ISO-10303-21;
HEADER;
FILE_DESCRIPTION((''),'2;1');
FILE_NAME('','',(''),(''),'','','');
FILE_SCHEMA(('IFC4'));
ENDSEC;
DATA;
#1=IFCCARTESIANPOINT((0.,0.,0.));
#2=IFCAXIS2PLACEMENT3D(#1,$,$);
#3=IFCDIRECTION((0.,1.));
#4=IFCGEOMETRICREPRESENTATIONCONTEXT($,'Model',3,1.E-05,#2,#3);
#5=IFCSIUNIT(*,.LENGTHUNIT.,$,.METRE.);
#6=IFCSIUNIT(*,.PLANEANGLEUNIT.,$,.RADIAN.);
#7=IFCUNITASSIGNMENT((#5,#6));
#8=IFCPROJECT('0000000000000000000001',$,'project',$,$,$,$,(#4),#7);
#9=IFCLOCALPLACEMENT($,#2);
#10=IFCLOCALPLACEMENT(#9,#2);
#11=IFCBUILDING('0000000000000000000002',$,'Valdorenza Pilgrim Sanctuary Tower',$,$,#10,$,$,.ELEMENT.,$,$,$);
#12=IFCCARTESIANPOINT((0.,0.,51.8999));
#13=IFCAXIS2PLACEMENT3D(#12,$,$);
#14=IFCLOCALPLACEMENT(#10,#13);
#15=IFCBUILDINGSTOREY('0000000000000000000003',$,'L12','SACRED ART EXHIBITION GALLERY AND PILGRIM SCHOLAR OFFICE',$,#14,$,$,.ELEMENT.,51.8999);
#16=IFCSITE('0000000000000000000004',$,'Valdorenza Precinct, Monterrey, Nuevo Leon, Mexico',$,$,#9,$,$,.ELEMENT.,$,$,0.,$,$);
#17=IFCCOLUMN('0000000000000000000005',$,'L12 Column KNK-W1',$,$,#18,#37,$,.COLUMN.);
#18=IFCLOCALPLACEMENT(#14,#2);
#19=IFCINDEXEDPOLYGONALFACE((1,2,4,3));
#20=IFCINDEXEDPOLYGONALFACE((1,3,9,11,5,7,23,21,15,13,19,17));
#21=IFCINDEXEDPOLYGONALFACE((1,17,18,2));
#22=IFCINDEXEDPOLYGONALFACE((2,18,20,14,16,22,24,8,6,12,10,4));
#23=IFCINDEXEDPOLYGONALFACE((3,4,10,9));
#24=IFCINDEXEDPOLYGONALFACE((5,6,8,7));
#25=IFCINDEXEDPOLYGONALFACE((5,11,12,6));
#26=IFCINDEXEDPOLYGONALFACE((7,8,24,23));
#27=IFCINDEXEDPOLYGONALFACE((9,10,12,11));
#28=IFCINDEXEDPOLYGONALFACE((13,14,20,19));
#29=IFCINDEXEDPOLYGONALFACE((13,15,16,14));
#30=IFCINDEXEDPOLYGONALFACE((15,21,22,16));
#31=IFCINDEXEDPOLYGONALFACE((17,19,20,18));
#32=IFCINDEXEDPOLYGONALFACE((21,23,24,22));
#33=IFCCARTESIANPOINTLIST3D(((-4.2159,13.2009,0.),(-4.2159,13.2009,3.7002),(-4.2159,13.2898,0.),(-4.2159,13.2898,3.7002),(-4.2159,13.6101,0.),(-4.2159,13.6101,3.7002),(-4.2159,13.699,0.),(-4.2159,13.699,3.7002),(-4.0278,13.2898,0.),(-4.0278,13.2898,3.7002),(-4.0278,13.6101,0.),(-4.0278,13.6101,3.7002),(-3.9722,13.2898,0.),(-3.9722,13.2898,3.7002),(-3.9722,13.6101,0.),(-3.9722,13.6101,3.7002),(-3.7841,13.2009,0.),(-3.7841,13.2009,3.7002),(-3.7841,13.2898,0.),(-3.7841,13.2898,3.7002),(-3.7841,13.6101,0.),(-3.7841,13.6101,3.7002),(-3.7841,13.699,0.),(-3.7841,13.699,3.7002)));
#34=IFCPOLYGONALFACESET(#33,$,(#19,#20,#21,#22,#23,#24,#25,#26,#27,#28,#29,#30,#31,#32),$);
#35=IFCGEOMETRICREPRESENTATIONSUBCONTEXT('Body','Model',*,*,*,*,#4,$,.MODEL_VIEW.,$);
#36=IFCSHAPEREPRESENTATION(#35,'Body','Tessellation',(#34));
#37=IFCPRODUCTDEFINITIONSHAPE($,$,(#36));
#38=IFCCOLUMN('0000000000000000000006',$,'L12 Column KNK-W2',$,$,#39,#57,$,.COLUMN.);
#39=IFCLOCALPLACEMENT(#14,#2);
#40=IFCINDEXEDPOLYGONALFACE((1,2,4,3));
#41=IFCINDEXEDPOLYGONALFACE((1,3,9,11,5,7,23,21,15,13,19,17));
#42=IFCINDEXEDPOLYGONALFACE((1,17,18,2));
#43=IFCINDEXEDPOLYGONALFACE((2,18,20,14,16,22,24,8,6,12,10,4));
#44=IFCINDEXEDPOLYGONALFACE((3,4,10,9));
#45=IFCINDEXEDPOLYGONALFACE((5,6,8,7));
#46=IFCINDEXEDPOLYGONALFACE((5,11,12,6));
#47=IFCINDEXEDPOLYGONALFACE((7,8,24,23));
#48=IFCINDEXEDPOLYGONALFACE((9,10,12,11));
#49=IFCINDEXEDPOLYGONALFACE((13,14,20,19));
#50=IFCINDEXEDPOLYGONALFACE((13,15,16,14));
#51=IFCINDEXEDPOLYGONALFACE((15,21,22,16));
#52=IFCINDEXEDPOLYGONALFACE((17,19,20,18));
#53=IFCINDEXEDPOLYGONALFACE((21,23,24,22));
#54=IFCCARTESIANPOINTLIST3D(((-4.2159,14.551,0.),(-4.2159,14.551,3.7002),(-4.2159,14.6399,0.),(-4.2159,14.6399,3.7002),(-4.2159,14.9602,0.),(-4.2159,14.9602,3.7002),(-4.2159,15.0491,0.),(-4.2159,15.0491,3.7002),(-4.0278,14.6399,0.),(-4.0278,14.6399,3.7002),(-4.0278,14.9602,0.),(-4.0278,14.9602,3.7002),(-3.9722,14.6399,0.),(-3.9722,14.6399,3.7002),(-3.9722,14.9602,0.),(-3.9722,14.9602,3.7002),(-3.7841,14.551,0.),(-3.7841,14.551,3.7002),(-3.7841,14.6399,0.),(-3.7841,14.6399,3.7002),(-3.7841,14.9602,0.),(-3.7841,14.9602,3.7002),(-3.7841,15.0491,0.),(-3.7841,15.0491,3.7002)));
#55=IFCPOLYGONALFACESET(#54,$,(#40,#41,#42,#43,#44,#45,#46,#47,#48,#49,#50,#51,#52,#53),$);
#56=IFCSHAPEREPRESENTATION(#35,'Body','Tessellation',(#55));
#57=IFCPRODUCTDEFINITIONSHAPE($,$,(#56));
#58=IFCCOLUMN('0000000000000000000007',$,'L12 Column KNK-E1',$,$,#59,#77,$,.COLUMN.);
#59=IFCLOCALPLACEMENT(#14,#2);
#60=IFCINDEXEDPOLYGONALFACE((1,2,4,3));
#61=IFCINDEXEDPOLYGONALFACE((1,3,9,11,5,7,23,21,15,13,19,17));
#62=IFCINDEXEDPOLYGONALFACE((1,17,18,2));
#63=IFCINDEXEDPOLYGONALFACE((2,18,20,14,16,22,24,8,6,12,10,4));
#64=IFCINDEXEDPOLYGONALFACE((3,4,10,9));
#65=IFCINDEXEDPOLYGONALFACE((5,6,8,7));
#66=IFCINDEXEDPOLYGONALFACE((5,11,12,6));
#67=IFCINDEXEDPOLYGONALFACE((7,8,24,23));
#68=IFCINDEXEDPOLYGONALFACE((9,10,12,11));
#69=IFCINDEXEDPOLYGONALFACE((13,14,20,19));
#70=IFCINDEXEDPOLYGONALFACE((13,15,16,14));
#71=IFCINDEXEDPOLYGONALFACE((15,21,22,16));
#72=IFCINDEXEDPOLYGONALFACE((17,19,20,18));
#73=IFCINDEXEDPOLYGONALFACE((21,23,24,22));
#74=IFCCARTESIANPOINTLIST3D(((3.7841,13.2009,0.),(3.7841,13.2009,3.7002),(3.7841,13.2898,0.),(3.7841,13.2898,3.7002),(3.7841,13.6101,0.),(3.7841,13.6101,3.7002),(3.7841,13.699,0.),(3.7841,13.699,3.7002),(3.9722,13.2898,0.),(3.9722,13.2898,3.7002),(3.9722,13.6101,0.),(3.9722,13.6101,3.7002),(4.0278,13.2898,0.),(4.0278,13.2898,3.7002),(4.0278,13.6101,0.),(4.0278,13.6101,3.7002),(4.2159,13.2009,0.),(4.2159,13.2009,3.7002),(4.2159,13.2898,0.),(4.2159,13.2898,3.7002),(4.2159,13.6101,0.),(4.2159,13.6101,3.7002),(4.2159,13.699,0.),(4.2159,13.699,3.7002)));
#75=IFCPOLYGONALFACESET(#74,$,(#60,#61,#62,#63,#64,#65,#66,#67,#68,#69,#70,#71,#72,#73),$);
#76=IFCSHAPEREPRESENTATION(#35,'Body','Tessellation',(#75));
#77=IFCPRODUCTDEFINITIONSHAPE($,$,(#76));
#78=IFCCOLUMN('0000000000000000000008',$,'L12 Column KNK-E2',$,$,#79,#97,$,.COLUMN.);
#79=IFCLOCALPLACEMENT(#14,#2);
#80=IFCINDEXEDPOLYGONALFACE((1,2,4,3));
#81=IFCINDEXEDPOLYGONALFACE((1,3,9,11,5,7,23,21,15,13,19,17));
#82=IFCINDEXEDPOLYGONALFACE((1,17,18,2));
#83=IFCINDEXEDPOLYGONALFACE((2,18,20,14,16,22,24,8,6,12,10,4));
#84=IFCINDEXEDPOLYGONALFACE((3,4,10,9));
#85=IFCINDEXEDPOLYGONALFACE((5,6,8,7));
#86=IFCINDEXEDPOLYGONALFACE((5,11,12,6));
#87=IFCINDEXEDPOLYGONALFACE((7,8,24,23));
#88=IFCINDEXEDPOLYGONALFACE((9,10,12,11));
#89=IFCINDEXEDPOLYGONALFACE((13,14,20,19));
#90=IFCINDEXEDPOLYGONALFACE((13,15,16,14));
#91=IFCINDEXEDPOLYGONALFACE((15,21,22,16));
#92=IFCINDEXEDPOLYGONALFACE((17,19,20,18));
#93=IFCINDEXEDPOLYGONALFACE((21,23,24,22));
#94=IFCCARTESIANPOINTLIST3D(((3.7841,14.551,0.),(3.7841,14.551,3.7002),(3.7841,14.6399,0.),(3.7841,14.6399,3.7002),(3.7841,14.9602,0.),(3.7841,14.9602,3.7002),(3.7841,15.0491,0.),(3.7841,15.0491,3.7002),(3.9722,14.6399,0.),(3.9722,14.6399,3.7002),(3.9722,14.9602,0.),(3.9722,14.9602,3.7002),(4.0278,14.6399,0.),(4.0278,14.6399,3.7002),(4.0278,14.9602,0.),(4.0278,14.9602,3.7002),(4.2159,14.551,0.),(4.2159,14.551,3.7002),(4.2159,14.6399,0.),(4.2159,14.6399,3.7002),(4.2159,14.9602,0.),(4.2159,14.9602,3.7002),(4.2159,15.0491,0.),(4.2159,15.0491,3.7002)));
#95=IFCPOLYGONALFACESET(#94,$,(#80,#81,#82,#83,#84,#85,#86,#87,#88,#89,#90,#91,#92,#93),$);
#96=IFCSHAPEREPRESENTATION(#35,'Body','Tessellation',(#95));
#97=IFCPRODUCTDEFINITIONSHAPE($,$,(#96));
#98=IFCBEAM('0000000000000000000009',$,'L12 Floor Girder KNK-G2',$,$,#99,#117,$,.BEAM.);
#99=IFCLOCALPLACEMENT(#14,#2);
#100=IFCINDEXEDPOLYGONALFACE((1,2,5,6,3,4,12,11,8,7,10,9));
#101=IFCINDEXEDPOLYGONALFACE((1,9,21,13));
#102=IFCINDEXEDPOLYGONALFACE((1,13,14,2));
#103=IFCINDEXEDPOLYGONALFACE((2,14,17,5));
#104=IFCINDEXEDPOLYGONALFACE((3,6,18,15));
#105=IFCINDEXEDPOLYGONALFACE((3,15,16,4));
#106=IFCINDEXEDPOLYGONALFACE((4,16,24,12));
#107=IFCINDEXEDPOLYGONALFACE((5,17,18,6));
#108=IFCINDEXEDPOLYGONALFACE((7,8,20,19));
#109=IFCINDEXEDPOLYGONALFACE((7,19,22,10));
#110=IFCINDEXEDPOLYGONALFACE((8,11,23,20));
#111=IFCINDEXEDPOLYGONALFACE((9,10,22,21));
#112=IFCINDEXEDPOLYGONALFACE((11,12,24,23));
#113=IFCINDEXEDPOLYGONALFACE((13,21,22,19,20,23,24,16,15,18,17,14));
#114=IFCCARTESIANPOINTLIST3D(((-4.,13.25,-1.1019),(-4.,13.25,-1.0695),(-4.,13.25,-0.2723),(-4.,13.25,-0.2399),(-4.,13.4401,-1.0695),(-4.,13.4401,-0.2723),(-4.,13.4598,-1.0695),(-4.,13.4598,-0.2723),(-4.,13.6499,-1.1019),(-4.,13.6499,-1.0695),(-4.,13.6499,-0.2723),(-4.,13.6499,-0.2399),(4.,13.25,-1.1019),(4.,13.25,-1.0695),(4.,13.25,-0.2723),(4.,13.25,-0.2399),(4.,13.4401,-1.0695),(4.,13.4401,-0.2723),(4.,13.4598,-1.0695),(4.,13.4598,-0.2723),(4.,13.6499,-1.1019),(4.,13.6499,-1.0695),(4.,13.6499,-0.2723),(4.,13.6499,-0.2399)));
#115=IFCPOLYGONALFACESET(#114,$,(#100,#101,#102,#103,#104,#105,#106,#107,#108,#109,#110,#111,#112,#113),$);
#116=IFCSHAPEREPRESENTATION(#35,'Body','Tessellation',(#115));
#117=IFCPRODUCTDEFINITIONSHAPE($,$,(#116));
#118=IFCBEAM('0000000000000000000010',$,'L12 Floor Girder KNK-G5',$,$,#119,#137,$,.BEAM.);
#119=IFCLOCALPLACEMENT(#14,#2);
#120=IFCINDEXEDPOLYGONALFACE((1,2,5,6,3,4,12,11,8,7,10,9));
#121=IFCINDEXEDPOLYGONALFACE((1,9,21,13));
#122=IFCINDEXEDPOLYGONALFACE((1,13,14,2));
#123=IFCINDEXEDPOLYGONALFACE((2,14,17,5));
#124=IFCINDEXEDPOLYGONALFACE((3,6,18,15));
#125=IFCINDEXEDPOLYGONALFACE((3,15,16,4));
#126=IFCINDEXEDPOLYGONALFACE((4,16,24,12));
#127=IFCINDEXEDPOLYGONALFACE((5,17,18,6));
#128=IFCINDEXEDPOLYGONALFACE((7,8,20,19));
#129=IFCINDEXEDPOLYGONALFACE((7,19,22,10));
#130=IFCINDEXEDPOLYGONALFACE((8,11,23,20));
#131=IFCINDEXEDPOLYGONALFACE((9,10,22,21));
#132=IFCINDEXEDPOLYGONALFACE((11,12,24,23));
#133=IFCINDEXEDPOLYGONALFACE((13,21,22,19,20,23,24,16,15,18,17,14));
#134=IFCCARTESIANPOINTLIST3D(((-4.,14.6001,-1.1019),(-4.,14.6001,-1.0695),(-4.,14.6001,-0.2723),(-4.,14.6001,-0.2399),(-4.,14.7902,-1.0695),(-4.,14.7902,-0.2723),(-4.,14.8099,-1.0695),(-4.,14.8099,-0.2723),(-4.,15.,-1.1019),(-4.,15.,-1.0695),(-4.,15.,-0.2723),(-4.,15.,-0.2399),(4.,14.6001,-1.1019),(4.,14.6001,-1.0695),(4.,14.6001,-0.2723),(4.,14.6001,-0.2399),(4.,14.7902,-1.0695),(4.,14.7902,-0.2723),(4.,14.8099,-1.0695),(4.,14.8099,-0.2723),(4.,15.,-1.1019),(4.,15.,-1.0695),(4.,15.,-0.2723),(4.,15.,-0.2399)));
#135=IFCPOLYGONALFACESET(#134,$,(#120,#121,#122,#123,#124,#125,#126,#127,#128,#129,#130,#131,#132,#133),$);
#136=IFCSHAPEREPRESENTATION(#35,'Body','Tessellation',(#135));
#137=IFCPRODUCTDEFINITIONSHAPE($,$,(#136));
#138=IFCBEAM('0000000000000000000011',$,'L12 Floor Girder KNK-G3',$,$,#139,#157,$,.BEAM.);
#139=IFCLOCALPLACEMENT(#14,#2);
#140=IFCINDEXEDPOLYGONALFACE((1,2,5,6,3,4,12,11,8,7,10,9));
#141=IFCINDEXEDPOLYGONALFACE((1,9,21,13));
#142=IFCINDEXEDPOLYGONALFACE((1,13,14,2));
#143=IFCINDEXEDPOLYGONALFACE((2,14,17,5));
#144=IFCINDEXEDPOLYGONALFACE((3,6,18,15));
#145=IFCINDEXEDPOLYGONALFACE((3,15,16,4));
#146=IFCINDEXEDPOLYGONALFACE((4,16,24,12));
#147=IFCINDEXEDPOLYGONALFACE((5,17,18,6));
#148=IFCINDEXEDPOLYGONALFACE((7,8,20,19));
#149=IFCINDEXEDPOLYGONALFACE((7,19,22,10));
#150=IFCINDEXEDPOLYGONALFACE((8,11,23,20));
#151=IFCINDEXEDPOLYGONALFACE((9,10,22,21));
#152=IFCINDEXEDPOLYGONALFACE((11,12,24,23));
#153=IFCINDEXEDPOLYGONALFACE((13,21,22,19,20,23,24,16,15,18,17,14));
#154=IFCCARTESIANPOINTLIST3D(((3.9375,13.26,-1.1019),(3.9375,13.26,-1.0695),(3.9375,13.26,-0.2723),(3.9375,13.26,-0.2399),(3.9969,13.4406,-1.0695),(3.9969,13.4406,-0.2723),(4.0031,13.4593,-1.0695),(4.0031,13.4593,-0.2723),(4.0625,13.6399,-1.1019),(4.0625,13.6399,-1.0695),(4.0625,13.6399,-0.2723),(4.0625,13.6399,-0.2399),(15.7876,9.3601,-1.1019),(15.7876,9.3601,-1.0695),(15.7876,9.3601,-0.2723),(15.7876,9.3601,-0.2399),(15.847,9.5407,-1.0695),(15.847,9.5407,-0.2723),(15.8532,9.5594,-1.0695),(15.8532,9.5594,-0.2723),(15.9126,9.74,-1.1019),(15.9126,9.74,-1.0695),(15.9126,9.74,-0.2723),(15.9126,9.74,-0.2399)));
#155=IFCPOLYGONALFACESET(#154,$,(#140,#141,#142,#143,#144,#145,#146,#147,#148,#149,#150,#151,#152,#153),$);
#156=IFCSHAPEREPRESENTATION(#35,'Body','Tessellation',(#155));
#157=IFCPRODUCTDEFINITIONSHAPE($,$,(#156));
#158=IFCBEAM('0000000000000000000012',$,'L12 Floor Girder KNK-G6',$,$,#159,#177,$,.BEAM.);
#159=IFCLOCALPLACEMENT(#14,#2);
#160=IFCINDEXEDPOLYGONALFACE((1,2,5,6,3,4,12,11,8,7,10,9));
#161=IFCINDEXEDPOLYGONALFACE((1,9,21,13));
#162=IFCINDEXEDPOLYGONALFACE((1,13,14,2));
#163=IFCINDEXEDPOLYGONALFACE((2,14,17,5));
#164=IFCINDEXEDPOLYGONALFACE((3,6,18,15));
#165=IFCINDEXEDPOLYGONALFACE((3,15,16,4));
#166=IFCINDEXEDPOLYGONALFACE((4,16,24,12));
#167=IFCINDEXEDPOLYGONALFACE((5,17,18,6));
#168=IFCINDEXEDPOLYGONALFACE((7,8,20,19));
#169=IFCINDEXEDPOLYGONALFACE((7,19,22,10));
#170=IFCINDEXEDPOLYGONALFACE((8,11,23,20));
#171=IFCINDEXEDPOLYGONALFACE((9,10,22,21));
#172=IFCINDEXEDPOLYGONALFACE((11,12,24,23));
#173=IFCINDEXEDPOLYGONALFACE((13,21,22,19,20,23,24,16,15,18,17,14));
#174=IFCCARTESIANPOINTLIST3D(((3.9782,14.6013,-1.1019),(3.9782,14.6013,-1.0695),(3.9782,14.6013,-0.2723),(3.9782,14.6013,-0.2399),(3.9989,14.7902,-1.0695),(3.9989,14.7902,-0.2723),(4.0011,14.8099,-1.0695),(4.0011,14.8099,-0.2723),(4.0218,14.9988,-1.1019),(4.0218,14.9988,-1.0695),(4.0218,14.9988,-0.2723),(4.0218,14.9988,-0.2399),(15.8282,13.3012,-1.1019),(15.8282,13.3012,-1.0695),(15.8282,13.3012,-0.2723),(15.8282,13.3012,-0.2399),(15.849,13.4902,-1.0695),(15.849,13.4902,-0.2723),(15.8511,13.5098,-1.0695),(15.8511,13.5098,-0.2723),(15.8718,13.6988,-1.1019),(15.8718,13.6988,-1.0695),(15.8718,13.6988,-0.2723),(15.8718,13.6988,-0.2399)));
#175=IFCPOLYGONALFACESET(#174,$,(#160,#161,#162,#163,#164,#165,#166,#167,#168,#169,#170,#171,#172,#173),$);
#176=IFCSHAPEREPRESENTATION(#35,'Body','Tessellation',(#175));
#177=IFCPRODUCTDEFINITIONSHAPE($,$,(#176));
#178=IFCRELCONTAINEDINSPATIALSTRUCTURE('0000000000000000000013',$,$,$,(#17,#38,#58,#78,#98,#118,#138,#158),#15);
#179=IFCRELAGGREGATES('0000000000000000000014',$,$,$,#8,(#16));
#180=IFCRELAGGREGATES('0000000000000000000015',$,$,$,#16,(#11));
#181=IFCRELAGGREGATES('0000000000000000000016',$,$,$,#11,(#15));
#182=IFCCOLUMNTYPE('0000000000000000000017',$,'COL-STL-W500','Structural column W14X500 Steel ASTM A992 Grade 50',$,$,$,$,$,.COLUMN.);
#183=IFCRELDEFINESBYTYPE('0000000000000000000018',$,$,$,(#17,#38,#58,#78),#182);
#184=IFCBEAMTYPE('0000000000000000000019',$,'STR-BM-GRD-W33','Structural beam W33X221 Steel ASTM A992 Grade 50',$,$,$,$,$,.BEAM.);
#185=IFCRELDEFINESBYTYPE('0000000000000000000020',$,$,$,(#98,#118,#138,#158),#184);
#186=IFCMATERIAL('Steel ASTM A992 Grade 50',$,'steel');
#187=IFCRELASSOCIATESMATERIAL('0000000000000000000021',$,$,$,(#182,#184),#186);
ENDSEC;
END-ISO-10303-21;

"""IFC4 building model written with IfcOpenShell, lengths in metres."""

from ifc_helpers import new_model, si_unit, direction, frame, origin, origin_2d, place, context, subcontext, project, spatial, i_section, extrude, source, transform, mapped, material, material_profile, profile_set, type_object, element, save


model = new_model("IFC4")

# Units and contexts
model_context = context("Model", 3, precision=1e-05, world=origin(), true_north=direction((0.0, 1.0)))
body_context = subcontext(model_context, "Body", "Model", "MODEL_VIEW")
ifc_project = project(units=[si_unit("LENGTHUNIT", "METRE"), si_unit("PLANEANGLEUNIT", "RADIAN")], contexts=[model_context])

# Site, building, storey
site_placement = place(None, origin())
site = spatial("IfcSite", under=ifc_project, at=site_placement, Name="Valdorenza Precinct, Monterrey, Nuevo Leon, Mexico", CompositionType="ELEMENT", RefElevation=0.0)
building_placement = place(site_placement, origin())
building = spatial("IfcBuilding", under=site, at=building_placement, Name="Valdorenza Pilgrim Sanctuary Tower", CompositionType="ELEMENT")
storey_placement = place(building_placement, frame((0.0, 0.0, 51.8999)))
storey = spatial("IfcBuildingStorey", under=building, at=storey_placement, Name="L12", Description="SACRED ART EXHIBITION GALLERY AND PILGRIM SCHOLAR OFFICE", CompositionType="ELEMENT", Elevation=51.8999)

# Columns
ifc_material_1 = material(Name="Steel ASTM A992 Grade 50", Category="steel")
ifc_material_profile_1 = material_profile(ifc_material_1, i_section(OverallWidth=0.4319, OverallDepth=0.498, WebThickness=0.0557, FlangeThickness=0.0889, at=origin_2d()), Name="W14X500")
ifc_profile_set_1 = profile_set([ifc_material_profile_1], Name="Steel ASTM A992 Grade 50")
column_type = type_object("IfcColumnType", Name="COL-STL-W500", Description="Structural column W14X500 Steel ASTM A992 Grade 50", PredefinedType="COLUMN", material=ifc_profile_set_1)
shared_shape_1 = source(origin(), body_context, "Body", "SweptSolid", [
    extrude(i_section(OverallWidth=0.4319, OverallDepth=0.498, WebThickness=0.0557, FlangeThickness=0.0889, at=origin_2d()), origin(), (0.0, 0.0, 1.0), 3.7002),
])
for number, where, z_axis, x_axis, name in (
    (1, (-4.0, 13.45, 0.0), (0.0, 0.0, 1.0), (1.0, 0.0, 0.0), "L12 Column KNK-W1"),
    (2, (-4.0, 14.8, 0.0), (0.0, 0.0, 1.0), (1.0, 0.0, 0.0), "L12 Column KNK-W2"),
    (3, (4.0, 13.45, 0.0), (0.0, 0.0, 1.0), (1.0, 0.0, 0.0), "L12 Column KNK-E1"),
    (4, (4.0, 14.8, 0.0), (0.0, 0.0, 1.0), (1.0, 0.0, 0.0), "L12 Column KNK-E2"),
):
    element("IfcColumn", number, at=place(storey_placement, frame(where, z_axis=z_axis, x_axis=x_axis)), inside=storey, type_object=column_type, Name=name, PredefinedType="COLUMN", context=body_context, shape_type="MappedRepresentation", body=[
        mapped(shared_shape_1, transform((0.0, 0.0, 0.0), x_axis=(1.0, 0.0, 0.0), y_axis=(0.0, 1.0, 0.0), z_axis=(0.0, 0.0, 1.0), scale=1.0)),
    ])

# Beams
ifc_material_profile_2 = material_profile(ifc_material_1, i_section(OverallWidth=0.3999, OverallDepth=0.8621, WebThickness=0.0198, FlangeThickness=0.0325, at=origin_2d()), Name="W33X221")
ifc_profile_set_2 = profile_set([ifc_material_profile_2], Name="Steel ASTM A992 Grade 50")
beam_type_1 = type_object("IfcBeamType", Name="STR-BM-GRD-W33", Description="Structural beam W33X221 Steel ASTM A992 Grade 50", PredefinedType="BEAM", material=ifc_profile_set_2)
shared_shape_2 = source(origin(), body_context, "Body", "SweptSolid", [
    extrude(i_section(OverallWidth=0.3999, OverallDepth=0.8621, WebThickness=0.0198, FlangeThickness=0.0325, at=origin_2d()), origin(), (0.0, 0.0, 1.0), 8.0),
])
for number, where, z_axis, x_axis, name in (
    (5, (-4.0, 13.45, -0.6709), (1.0, 0.0, 0.0), (0.0, 1.0, 0.0), "L12 Floor Girder KNK-G2"),
    (6, (-4.0, 14.8, -0.6709), (1.0, 0.0, 0.0), (0.0, 1.0, 0.0), "L12 Floor Girder KNK-G5"),
):
    element("IfcBeam", number, at=place(storey_placement, frame(where, z_axis=z_axis, x_axis=x_axis)), inside=storey, type_object=beam_type_1, Name=name, PredefinedType="BEAM", context=body_context, shape_type="MappedRepresentation", body=[
        mapped(shared_shape_2, transform((0.0, 0.0, 0.0), x_axis=(1.0, 0.0, 0.0), y_axis=(0.0, 1.0, 0.0), z_axis=(0.0, 0.0, 1.0), scale=1.0)),
    ])
shared_shape_3 = source(origin(), body_context, "Body", "SweptSolid", [
    extrude(i_section(OverallWidth=0.3999, OverallDepth=0.8621, WebThickness=0.0198, FlangeThickness=0.0325, at=origin_2d()), origin(), (0.0, 0.0, 1.0), 12.4753),
])
beam_1_placement = place(storey_placement, frame((4.0, 13.45, -0.6709), z_axis=(0.949882, -0.312609, 0.0), x_axis=(0.312609, 0.949882, 0.0)))
element("IfcBeam", 7, at=beam_1_placement, inside=storey, type_object=beam_type_1, Name="L12 Floor Girder KNK-G3", PredefinedType="BEAM", context=body_context, shape_type="MappedRepresentation", body=[
    mapped(shared_shape_3, transform((0.0, 0.0, 0.0), x_axis=(1.0, 0.0, 0.0), y_axis=(0.0, 1.0, 0.0), z_axis=(0.0, 0.0, 1.0), scale=1.0)),
])
shared_shape_4 = source(origin(), body_context, "Body", "SweptSolid", [
    extrude(i_section(OverallWidth=0.3999, OverallDepth=0.8621, WebThickness=0.0198, FlangeThickness=0.0325, at=origin_2d()), origin(), (0.0, 0.0, 1.0), 11.9211),
])
beam_2_placement = place(storey_placement, frame((4.0, 14.8, -0.6709), z_axis=(0.994036, -0.109054, 0.0), x_axis=(0.109054, 0.994036, 0.0)))
element("IfcBeam", 8, at=beam_2_placement, inside=storey, type_object=beam_type_1, Name="L12 Floor Girder KNK-G6", PredefinedType="BEAM", context=body_context, shape_type="MappedRepresentation", body=[
    mapped(shared_shape_4, transform((0.0, 0.0, 0.0), x_axis=(1.0, 0.0, 0.0), y_axis=(0.0, 1.0, 0.0), z_axis=(0.0, 0.0, 1.0), scale=1.0)),
])

save(model, "model.ifc")
